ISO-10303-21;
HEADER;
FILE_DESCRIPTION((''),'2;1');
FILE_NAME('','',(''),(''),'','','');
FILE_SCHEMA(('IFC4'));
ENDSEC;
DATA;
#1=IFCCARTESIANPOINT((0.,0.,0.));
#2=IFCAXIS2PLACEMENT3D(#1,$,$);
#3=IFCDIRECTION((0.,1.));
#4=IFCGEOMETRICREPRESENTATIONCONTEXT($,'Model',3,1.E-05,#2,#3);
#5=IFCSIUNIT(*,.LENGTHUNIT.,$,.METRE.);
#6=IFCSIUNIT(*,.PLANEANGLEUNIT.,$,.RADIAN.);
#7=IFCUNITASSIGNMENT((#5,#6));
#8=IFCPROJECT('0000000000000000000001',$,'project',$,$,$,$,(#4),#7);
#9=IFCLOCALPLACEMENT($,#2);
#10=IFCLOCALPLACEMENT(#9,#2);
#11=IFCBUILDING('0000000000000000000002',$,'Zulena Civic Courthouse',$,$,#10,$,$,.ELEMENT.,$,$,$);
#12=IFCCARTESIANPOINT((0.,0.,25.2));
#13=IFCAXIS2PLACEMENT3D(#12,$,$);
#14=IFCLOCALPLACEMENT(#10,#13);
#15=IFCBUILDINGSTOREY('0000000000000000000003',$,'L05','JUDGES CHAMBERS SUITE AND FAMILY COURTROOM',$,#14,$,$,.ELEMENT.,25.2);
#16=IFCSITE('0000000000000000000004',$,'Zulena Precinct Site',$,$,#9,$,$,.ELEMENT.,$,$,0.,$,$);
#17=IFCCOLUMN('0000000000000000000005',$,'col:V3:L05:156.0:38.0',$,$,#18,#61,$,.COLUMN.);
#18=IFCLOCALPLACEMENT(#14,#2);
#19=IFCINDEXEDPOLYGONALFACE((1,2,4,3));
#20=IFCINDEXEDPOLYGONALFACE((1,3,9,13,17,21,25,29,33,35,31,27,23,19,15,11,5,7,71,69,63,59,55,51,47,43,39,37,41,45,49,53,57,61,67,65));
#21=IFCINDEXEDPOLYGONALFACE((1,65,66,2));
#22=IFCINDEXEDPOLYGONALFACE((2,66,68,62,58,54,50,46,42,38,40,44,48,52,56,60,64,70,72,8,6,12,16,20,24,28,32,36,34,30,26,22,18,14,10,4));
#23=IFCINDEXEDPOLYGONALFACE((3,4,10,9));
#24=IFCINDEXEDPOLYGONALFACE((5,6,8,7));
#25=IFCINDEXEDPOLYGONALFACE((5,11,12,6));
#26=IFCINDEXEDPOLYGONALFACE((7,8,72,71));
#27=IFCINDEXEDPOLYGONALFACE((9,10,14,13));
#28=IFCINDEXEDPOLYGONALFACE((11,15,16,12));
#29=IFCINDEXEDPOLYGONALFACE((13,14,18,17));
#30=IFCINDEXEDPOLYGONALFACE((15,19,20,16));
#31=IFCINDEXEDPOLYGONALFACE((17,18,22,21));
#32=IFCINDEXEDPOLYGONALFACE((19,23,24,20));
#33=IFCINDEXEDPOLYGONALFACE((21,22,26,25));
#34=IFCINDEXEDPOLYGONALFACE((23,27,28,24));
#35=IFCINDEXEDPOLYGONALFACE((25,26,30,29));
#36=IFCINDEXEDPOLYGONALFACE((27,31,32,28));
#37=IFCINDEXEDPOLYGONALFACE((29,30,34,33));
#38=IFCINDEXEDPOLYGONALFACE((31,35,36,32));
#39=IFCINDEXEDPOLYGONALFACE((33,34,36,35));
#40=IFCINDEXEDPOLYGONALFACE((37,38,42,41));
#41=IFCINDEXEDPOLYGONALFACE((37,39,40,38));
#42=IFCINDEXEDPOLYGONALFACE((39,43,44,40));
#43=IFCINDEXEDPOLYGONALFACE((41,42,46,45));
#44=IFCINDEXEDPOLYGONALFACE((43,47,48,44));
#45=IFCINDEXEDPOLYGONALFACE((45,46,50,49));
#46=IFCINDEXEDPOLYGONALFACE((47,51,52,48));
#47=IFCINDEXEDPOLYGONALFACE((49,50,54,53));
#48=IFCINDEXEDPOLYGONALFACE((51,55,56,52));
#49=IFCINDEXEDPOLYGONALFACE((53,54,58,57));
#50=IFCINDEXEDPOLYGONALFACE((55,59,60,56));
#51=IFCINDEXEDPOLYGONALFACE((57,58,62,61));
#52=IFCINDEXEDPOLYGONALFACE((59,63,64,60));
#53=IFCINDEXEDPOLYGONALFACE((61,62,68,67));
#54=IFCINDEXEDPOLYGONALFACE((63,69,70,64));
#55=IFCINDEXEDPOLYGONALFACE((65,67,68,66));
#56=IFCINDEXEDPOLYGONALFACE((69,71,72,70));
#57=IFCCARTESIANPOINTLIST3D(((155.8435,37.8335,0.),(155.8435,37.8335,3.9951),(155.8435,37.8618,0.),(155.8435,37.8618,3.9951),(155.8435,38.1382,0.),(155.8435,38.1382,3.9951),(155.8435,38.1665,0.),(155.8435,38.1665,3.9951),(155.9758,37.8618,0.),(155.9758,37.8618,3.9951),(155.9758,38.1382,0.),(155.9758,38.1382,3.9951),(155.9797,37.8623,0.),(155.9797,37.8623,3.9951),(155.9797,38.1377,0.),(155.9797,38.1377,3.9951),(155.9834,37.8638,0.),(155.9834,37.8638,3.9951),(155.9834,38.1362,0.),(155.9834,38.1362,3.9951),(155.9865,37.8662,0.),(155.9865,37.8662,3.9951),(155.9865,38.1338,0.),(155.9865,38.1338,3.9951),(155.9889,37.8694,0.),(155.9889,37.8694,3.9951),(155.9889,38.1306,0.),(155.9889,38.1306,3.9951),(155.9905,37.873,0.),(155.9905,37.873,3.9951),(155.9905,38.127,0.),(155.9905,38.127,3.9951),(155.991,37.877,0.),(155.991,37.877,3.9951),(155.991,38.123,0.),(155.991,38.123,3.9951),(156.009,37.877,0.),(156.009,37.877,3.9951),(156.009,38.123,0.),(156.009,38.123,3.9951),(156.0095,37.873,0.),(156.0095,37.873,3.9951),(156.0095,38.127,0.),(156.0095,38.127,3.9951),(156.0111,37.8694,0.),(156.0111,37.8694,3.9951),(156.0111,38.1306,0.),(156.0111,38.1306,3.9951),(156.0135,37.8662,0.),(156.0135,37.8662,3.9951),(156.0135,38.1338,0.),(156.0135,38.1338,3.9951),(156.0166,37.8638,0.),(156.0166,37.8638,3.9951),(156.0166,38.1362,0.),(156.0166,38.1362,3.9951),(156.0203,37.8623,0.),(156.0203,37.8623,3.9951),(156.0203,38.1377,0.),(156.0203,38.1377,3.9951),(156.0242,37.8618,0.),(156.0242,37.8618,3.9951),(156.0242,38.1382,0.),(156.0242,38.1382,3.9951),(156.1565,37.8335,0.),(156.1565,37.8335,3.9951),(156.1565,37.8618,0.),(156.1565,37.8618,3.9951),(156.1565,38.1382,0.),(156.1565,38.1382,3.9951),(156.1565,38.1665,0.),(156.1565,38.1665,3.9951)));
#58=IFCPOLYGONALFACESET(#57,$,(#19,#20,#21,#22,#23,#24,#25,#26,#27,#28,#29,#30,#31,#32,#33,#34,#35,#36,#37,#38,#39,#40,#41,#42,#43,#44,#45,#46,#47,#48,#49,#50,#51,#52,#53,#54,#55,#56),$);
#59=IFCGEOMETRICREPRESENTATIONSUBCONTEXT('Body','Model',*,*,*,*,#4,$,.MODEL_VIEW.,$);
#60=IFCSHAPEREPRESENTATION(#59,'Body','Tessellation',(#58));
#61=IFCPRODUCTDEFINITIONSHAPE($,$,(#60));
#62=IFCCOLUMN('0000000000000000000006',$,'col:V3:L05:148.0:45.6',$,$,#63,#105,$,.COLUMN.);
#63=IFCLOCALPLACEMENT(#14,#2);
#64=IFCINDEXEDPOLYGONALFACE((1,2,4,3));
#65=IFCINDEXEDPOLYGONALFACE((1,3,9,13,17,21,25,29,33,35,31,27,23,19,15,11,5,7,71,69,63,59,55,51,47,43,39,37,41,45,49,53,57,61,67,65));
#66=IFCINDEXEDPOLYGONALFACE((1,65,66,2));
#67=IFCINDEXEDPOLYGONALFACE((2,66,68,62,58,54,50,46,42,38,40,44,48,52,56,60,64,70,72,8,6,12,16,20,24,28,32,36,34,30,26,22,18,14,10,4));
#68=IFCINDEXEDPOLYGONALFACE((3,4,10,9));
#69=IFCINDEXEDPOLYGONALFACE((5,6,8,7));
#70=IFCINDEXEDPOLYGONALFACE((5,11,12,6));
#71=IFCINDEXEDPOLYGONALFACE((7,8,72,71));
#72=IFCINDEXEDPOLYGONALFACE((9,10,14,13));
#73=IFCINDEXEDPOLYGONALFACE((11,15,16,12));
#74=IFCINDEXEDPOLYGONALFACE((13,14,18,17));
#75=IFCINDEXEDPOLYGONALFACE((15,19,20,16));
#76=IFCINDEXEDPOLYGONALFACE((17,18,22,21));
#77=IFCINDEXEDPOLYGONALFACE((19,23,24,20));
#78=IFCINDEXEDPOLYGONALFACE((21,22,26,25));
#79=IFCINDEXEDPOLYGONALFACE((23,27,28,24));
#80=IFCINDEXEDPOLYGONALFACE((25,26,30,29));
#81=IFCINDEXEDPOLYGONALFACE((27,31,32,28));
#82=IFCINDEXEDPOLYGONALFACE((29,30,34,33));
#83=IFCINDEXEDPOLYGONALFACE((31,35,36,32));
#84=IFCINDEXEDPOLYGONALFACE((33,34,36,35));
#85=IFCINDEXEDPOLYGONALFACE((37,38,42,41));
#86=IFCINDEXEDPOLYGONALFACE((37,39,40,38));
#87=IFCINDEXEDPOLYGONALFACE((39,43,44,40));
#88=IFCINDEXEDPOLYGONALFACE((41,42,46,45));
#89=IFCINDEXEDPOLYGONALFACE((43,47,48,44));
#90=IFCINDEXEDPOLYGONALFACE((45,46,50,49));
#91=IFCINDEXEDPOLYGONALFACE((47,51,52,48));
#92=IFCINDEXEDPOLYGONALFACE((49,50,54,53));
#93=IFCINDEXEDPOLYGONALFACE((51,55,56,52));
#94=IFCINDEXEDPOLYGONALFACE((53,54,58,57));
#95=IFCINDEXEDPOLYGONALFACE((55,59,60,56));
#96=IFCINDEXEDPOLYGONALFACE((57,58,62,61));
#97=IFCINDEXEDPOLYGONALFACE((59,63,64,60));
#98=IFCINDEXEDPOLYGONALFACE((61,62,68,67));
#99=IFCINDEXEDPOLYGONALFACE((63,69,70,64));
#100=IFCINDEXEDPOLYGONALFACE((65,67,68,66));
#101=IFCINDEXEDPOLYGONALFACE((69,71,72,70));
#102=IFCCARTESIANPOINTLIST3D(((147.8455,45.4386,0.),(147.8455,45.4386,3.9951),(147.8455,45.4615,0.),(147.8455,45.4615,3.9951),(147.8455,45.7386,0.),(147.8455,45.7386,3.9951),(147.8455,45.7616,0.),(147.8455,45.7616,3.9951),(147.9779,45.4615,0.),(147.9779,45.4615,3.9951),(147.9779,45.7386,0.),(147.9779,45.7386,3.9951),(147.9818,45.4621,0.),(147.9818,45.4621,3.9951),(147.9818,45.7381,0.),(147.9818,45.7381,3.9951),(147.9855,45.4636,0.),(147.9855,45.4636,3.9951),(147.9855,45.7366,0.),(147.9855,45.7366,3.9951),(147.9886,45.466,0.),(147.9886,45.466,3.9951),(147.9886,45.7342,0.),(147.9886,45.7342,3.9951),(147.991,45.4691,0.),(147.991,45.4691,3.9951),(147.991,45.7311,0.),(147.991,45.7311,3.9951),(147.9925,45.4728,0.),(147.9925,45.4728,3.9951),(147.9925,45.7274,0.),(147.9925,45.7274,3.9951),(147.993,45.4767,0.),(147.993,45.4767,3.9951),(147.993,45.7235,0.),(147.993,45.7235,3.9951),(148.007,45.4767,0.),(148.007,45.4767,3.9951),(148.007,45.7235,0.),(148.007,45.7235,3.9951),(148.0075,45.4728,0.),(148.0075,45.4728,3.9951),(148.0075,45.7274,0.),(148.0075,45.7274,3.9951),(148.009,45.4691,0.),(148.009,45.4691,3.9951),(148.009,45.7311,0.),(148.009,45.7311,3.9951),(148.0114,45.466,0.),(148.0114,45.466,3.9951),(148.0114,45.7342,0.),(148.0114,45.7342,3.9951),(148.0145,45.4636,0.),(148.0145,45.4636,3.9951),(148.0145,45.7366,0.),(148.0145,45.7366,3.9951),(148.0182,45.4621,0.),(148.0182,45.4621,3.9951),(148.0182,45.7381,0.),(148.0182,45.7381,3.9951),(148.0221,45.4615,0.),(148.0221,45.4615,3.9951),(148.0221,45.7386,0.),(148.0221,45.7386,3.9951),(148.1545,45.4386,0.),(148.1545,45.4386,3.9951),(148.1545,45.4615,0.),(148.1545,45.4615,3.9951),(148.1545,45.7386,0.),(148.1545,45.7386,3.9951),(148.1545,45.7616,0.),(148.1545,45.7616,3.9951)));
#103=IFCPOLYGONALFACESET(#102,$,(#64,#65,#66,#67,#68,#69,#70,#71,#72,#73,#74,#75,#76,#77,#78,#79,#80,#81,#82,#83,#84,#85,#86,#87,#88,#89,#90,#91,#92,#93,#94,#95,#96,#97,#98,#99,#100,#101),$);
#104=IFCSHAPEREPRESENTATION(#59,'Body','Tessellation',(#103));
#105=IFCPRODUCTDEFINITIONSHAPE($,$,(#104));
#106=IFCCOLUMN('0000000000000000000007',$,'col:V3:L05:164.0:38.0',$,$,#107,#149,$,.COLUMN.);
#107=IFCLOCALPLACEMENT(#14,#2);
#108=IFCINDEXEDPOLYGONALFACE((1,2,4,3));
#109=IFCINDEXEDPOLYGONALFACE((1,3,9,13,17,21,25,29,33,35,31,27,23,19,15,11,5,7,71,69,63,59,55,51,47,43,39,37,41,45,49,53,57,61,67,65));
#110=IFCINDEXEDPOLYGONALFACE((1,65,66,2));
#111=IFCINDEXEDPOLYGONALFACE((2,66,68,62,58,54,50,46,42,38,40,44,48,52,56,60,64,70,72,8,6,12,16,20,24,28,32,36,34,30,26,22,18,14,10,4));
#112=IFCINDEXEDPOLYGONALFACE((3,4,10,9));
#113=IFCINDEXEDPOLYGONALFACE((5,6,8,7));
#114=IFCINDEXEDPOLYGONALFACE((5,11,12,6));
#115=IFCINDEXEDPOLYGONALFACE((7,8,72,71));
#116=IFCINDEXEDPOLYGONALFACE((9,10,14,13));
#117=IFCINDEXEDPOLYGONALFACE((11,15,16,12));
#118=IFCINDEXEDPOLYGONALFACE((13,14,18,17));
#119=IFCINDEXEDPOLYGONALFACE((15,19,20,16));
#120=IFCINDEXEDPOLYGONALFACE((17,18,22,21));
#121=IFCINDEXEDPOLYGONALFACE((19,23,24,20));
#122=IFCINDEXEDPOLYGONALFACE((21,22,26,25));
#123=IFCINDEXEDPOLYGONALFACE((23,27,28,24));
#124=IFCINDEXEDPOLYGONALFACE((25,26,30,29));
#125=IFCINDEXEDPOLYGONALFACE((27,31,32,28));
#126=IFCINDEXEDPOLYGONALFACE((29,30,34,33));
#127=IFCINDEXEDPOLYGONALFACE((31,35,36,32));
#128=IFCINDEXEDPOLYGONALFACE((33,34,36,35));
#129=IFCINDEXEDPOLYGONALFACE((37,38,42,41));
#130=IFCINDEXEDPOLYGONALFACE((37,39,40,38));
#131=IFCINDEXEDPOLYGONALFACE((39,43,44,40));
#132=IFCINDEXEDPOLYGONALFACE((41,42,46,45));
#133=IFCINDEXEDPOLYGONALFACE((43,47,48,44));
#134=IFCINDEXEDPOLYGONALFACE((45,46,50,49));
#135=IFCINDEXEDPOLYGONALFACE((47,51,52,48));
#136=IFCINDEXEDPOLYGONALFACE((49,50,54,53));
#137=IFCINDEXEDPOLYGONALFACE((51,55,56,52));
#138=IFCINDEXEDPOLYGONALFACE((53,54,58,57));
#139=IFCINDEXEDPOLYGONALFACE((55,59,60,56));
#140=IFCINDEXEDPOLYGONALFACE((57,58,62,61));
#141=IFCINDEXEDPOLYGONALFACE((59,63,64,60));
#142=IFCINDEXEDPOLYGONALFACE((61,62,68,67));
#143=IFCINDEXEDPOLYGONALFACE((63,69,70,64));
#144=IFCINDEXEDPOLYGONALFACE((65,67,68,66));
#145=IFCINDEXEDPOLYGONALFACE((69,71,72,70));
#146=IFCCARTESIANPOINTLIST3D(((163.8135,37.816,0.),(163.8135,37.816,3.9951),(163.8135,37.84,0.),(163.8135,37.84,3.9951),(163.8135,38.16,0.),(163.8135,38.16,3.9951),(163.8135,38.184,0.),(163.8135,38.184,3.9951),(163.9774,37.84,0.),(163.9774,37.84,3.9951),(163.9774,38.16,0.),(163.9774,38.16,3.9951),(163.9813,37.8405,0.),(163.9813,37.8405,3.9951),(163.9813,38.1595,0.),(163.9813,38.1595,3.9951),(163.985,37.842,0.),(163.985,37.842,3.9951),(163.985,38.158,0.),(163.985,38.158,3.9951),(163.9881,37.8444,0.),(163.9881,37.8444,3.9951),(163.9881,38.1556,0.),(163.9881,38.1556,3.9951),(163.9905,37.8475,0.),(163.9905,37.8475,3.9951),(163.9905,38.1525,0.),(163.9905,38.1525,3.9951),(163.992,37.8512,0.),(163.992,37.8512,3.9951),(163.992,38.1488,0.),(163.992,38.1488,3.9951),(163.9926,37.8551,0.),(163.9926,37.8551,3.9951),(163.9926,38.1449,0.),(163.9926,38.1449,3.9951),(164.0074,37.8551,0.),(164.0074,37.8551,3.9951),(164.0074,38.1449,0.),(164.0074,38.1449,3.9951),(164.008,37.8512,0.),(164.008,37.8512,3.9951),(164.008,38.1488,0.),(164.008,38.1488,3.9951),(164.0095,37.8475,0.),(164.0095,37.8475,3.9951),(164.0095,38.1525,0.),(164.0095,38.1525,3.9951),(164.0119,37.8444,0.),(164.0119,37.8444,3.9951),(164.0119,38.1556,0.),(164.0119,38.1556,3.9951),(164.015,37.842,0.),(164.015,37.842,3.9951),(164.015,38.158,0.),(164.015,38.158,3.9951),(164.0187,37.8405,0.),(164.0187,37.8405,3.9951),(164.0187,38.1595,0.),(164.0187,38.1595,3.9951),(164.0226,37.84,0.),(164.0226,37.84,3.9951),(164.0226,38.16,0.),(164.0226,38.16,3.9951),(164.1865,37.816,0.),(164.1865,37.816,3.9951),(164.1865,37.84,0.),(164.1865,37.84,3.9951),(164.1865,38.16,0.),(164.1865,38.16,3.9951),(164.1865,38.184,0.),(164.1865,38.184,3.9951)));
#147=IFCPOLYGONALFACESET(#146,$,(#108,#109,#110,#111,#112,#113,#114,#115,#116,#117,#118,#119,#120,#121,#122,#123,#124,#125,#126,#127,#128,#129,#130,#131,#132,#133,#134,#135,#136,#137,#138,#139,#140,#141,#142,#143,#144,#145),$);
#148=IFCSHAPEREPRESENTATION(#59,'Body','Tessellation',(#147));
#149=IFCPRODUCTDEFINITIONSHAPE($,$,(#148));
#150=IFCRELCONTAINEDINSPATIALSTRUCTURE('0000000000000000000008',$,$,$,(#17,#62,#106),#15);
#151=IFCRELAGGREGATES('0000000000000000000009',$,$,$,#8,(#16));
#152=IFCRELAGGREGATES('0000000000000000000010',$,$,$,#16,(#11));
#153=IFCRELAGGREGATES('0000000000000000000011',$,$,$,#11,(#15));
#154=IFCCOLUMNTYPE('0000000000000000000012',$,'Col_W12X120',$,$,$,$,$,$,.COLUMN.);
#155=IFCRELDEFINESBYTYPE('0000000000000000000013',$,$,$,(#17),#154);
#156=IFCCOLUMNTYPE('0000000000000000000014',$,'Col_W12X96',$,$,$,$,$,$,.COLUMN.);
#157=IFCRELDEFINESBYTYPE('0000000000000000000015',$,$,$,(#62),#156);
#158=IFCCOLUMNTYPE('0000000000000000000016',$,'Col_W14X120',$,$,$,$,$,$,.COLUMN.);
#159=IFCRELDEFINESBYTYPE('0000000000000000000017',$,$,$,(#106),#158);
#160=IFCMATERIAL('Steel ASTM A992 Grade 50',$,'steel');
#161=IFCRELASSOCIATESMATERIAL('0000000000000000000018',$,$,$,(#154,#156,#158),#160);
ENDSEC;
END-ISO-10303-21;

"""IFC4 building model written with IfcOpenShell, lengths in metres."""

from ifc_helpers import new_model, si_unit, direction, frame, origin, origin_2d, place, context, subcontext, project, spatial, i_section, extrude, material, material_profile, profile_set, type_object, element, save


model = new_model("IFC4")

# Units and contexts
model_context = context("Model", 3, precision=1e-05, world=origin(), true_north=direction((0.0, 1.0)))
body_context = subcontext(model_context, "Body", "Model", "MODEL_VIEW")
ifc_project = project(units=[si_unit("LENGTHUNIT", "METRE"), si_unit("PLANEANGLEUNIT", "RADIAN")], contexts=[model_context])

# Site, building, storey
site_placement = place(None, origin())
site = spatial("IfcSite", under=ifc_project, at=site_placement, Name="Zulena Precinct Site", CompositionType="ELEMENT", RefElevation=0.0)
building_placement = place(site_placement, origin())
building = spatial("IfcBuilding", under=site, at=building_placement, Name="Zulena Civic Courthouse", CompositionType="ELEMENT")
storey_placement = place(building_placement, frame((0.0, 0.0, 25.2)))
storey = spatial("IfcBuildingStorey", under=building, at=storey_placement, Name="L05", Description="JUDGES CHAMBERS SUITE AND FAMILY COURTROOM", CompositionType="ELEMENT", Elevation=25.2)

# Columns
ifc_material_1 = material(Name="Steel ASTM A992 Grade 50", Category="steel")
ifc_material_profile_1 = material_profile(ifc_material_1, i_section(OverallWidth=0.313, OverallDepth=0.333, WebThickness=0.0181, FlangeThickness=0.0283, FilletRadius=0.0151, at=origin_2d()), Name="W12X120")
ifc_profile_set_1 = profile_set([ifc_material_profile_1], Name="Steel ASTM A992 Grade 50")
column_type_1 = type_object("IfcColumnType", Name="Col_W12X120", PredefinedType="COLUMN", material=ifc_profile_set_1)
column_1_placement = place(storey_placement, frame((156.0, 38.0, 0.0), z_axis=(0.0, 0.0, 1.0), x_axis=(1.0, 0.0, 0.0)))
element("IfcColumn", 1, at=column_1_placement, inside=storey, type_object=column_type_1, Name="col:V3:L05:156.0:38.0", PredefinedType="COLUMN", context=body_context, shape_type="SweptSolid", body=[
    extrude(i_section(OverallWidth=0.313, OverallDepth=0.333, WebThickness=0.0181, FlangeThickness=0.0283, FilletRadius=0.0151, at=origin_2d()), origin(), (0.0, 0.0, 1.0), 3.9951),
])
ifc_material_profile_2 = material_profile(ifc_material_1, i_section(OverallWidth=0.3091, OverallDepth=0.323, WebThickness=0.0139, FlangeThickness=0.0229, FilletRadius=0.0151, at=origin_2d()), Name="W12X96")
ifc_profile_set_2 = profile_set([ifc_material_profile_2], Name="Steel ASTM A992 Grade 50")
column_type_2 = type_object("IfcColumnType", Name="Col_W12X96", PredefinedType="COLUMN", material=ifc_profile_set_2)
column_2_placement = place(storey_placement, frame((148.0, 45.6001, 0.0), z_axis=(0.0, 0.0, 1.0), x_axis=(1.0, 0.0, 0.0)))
element("IfcColumn", 2, at=column_2_placement, inside=storey, type_object=column_type_2, Name="col:V3:L05:148.0:45.6", PredefinedType="COLUMN", context=body_context, shape_type="SweptSolid", body=[
    extrude(i_section(OverallWidth=0.3091, OverallDepth=0.323, WebThickness=0.0139, FlangeThickness=0.0229, FilletRadius=0.0151, at=origin_2d()), origin(), (0.0, 0.0, 1.0), 3.9951),
])
ifc_material_profile_3 = material_profile(ifc_material_1, i_section(OverallWidth=0.373, OverallDepth=0.3679, WebThickness=0.0149, FlangeThickness=0.0239, FilletRadius=0.0151, at=origin_2d()), Name="W14X120")
ifc_profile_set_3 = profile_set([ifc_material_profile_3], Name="Steel ASTM A992 Grade 50")
column_type_3 = type_object("IfcColumnType", Name="Col_W14X120", PredefinedType="COLUMN", material=ifc_profile_set_3)
column_3_placement = place(storey_placement, frame((164.0, 38.0, 0.0), z_axis=(0.0, 0.0, 1.0), x_axis=(1.0, 0.0, 0.0)))
element("IfcColumn", 3, at=column_3_placement, inside=storey, type_object=column_type_3, Name="col:V3:L05:164.0:38.0", PredefinedType="COLUMN", context=body_context, shape_type="SweptSolid", body=[
    extrude(i_section(OverallWidth=0.373, OverallDepth=0.3679, WebThickness=0.0149, FlangeThickness=0.0239, FilletRadius=0.0151, at=origin_2d()), origin(), (0.0, 0.0, 1.0), 3.9951),
])

save(model, "model.ifc")
